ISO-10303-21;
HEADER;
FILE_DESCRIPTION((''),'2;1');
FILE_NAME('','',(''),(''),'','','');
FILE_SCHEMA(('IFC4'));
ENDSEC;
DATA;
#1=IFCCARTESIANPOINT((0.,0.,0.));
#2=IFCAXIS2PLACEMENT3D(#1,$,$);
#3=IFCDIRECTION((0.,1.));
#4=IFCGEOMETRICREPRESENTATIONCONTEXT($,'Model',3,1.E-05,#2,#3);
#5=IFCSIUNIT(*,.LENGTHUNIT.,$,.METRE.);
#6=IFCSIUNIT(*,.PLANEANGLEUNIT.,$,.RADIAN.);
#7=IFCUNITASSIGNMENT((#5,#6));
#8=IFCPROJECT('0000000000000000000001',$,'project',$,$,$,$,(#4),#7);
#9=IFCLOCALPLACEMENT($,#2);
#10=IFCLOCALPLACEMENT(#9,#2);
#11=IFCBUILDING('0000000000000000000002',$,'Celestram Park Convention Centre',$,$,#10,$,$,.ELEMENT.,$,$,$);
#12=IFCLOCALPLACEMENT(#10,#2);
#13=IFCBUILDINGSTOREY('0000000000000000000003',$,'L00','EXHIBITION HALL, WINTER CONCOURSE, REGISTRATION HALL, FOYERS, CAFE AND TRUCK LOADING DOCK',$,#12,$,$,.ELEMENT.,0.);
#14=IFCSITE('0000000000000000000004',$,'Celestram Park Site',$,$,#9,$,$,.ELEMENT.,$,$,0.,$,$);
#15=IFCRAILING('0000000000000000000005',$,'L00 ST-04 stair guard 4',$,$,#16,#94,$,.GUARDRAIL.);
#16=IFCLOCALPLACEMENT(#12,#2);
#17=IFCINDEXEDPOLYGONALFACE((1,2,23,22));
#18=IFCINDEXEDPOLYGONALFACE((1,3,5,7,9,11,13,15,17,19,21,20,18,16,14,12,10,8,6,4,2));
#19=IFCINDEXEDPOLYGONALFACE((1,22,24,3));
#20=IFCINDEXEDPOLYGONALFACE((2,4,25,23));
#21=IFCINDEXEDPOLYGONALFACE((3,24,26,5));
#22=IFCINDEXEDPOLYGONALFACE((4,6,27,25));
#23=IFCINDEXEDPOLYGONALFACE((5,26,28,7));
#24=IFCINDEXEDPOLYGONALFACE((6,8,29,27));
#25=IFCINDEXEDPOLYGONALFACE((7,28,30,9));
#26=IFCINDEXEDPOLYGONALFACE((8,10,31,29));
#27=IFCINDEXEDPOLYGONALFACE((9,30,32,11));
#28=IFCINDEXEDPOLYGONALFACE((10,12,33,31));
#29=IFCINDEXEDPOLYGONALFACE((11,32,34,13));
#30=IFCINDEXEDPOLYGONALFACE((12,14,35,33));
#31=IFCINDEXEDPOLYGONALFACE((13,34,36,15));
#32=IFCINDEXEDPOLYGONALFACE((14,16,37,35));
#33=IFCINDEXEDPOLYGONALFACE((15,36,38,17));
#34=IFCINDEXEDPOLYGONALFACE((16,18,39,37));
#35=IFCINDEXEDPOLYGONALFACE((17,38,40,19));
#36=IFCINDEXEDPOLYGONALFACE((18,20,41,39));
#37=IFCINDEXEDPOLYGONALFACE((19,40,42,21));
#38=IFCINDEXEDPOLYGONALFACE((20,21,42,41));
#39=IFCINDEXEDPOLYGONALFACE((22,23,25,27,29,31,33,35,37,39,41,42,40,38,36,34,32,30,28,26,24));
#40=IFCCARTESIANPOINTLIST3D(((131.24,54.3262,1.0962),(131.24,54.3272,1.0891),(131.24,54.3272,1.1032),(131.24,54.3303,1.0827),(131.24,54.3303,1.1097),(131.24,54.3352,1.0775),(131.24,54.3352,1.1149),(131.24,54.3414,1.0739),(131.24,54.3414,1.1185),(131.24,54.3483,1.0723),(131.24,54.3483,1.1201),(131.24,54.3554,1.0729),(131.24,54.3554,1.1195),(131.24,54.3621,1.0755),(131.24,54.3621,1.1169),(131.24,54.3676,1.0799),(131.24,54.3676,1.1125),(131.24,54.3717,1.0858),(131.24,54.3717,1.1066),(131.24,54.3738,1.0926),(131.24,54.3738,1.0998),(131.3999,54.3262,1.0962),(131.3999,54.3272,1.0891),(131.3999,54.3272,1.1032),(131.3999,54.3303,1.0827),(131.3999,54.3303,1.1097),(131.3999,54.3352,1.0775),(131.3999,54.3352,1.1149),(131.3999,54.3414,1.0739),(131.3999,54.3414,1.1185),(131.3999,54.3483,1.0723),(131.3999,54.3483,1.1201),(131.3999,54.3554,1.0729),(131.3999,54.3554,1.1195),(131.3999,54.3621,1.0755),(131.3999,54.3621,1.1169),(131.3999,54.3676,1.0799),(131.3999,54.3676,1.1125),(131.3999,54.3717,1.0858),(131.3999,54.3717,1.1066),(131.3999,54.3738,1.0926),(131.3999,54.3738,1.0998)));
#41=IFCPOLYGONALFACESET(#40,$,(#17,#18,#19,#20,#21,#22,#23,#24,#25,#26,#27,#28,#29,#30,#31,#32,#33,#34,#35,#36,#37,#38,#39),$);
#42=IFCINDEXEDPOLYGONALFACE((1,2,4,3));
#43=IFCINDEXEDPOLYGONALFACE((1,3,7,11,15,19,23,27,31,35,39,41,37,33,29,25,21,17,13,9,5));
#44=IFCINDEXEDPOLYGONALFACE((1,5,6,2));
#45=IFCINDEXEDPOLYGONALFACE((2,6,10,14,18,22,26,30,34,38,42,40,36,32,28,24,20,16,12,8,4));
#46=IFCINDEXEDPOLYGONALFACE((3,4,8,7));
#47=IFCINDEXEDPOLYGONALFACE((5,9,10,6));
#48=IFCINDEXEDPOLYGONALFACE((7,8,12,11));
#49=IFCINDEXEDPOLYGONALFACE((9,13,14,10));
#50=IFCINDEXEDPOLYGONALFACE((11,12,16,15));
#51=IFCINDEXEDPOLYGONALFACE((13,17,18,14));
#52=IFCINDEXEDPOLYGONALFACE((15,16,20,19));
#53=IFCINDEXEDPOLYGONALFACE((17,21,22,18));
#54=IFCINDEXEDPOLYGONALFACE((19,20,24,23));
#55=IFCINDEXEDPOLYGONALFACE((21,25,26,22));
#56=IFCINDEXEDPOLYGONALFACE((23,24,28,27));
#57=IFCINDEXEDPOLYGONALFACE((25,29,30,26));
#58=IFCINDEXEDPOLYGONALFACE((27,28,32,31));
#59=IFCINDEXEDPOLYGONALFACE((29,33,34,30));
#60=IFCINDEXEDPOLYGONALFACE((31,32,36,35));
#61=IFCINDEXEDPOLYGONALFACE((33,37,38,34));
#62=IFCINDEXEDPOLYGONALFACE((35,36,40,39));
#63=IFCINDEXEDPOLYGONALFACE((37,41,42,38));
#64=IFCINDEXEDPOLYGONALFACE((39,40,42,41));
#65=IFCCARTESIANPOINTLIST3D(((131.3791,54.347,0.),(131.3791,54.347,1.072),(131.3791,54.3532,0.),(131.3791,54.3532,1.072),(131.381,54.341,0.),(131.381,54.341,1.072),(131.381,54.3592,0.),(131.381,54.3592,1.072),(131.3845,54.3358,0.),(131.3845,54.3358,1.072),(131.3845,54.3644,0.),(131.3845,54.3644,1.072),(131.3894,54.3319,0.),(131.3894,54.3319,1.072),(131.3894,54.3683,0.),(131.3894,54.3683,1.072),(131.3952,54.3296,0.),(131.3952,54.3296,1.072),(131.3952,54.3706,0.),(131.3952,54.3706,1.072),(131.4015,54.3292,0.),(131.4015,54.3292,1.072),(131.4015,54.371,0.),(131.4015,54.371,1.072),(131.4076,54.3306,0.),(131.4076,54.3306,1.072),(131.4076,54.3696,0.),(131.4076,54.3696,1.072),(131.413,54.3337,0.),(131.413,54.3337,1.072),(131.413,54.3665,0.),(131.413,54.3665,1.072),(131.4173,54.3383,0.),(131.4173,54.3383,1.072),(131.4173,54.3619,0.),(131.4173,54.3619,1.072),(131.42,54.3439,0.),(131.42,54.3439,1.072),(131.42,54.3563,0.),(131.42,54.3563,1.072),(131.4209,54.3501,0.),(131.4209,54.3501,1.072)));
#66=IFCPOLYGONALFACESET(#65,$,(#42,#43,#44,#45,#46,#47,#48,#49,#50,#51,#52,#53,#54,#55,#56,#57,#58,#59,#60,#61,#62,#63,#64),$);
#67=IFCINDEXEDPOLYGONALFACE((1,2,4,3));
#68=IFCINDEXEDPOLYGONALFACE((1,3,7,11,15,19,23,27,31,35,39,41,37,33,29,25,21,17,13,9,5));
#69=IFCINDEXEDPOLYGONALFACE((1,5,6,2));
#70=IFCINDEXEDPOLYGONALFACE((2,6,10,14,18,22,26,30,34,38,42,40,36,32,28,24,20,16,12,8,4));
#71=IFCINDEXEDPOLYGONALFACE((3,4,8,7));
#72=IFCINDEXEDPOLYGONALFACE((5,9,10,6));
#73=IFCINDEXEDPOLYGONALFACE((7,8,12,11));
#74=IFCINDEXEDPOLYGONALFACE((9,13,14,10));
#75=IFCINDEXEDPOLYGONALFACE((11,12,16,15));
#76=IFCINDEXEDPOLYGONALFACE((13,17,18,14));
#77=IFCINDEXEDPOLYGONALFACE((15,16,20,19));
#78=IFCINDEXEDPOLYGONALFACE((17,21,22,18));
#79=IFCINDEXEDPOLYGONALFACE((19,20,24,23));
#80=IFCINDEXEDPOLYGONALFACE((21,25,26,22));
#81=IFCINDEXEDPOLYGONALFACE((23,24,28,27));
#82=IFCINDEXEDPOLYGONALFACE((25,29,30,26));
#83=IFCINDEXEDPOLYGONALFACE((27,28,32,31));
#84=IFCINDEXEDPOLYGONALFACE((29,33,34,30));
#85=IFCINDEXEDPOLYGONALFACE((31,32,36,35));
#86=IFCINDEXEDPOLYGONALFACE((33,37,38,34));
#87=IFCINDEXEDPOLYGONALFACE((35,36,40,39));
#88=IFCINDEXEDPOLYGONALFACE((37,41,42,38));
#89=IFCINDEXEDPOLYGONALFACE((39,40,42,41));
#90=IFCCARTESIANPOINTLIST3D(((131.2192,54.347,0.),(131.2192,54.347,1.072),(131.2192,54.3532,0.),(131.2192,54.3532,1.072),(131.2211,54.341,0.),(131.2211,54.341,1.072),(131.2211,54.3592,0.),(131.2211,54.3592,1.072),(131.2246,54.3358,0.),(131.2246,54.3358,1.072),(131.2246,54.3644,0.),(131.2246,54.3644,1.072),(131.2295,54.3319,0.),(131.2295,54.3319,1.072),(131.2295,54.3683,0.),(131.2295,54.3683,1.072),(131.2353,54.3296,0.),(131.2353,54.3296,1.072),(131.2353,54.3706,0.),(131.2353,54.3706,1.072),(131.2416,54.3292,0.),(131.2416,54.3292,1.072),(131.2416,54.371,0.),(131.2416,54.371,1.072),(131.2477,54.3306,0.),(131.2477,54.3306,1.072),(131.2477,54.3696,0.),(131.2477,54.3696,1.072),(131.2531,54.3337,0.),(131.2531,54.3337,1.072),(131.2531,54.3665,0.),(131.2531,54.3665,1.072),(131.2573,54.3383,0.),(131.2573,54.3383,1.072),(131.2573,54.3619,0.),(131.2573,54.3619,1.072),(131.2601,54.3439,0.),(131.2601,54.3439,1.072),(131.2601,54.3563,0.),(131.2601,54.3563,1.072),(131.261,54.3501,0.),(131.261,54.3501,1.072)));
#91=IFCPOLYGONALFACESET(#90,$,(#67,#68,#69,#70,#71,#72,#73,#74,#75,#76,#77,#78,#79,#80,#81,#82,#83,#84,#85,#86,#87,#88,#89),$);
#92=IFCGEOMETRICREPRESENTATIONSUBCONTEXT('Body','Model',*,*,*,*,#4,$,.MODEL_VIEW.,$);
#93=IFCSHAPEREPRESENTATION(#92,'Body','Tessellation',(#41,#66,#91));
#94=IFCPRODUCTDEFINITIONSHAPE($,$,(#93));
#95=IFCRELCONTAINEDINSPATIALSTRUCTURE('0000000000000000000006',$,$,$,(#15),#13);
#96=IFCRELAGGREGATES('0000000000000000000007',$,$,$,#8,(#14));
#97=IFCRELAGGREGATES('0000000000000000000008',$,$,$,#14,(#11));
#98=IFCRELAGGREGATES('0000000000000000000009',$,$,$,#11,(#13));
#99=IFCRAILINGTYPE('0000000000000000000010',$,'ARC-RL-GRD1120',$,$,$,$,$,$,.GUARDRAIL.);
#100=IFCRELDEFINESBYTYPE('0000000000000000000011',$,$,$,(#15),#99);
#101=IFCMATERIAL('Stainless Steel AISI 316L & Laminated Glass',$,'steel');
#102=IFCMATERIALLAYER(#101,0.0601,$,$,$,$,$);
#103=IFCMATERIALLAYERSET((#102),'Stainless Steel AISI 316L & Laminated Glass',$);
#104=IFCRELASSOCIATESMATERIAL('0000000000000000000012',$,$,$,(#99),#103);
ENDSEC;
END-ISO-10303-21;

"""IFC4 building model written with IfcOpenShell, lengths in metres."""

from ifc_helpers import new_model, si_unit, direction, frame, origin, origin_2d, place, context, subcontext, project, spatial, circle, extrude, material, layer, layer_set, type_object, element, save


model = new_model("IFC4")

# Units and contexts
model_context = context("Model", 3, precision=1e-05, world=origin(), true_north=direction((0.0, 1.0)))
body_context = subcontext(model_context, "Body", "Model", "MODEL_VIEW")
ifc_project = project(units=[si_unit("LENGTHUNIT", "METRE"), si_unit("PLANEANGLEUNIT", "RADIAN")], contexts=[model_context])

# Site, building, storey
site_placement = place(None, origin())
site = spatial("IfcSite", under=ifc_project, at=site_placement, Name="Celestram Park Site", CompositionType="ELEMENT", RefElevation=0.0)
building_placement = place(site_placement, origin())
building = spatial("IfcBuilding", under=site, at=building_placement, Name="Celestram Park Convention Centre", CompositionType="ELEMENT")
storey_placement = place(building_placement, origin())
storey = spatial("IfcBuildingStorey", under=building, at=storey_placement, Name="L00", Description="EXHIBITION HALL, WINTER CONCOURSE, REGISTRATION HALL, FOYERS, CAFE AND TRUCK LOADING DOCK", CompositionType="ELEMENT", Elevation=0.0)

# Railing
ifc_material_1 = material(Name="Stainless Steel AISI 316L & Laminated Glass", Category="steel")
ifc_layer_1 = layer(ifc_material_1, 0.0601)
ifc_layer_set_1 = layer_set([ifc_layer_1], Name="Stainless Steel AISI 316L & Laminated Glass")
railing_type_1 = type_object("IfcRailingType", Name="ARC-RL-GRD1120", PredefinedType="GUARDRAIL", material=ifc_layer_set_1)
railing_1_placement = place(storey_placement, frame((131.3999, 54.3501, 0.0)))
element("IfcRailing", 1, at=railing_1_placement, inside=storey, type_object=railing_type_1, Name="L00 ST-04 stair guard 4", PredefinedType="GUARDRAIL", context=body_context, shape_type="SweptSolid", body=[
    extrude(circle(Radius=0.0239, at=origin_2d()), frame((0.0, 0.0, 1.0962), z_axis=(-1.0, 0.0, 0.0), x_axis=(0.0, -1.0, 0.0)), (0.0, 0.0, 1.0), 0.1599),
    extrude(circle(Radius=0.021, at=origin_2d()), origin(), (0.0, 0.0, 1.0), 1.072),
    extrude(circle(Radius=0.021, at=origin_2d()), frame((-0.1599, 0.0, 0.0)), (0.0, 0.0, 1.0), 1.072),
])

save(model, "model.ifc")
